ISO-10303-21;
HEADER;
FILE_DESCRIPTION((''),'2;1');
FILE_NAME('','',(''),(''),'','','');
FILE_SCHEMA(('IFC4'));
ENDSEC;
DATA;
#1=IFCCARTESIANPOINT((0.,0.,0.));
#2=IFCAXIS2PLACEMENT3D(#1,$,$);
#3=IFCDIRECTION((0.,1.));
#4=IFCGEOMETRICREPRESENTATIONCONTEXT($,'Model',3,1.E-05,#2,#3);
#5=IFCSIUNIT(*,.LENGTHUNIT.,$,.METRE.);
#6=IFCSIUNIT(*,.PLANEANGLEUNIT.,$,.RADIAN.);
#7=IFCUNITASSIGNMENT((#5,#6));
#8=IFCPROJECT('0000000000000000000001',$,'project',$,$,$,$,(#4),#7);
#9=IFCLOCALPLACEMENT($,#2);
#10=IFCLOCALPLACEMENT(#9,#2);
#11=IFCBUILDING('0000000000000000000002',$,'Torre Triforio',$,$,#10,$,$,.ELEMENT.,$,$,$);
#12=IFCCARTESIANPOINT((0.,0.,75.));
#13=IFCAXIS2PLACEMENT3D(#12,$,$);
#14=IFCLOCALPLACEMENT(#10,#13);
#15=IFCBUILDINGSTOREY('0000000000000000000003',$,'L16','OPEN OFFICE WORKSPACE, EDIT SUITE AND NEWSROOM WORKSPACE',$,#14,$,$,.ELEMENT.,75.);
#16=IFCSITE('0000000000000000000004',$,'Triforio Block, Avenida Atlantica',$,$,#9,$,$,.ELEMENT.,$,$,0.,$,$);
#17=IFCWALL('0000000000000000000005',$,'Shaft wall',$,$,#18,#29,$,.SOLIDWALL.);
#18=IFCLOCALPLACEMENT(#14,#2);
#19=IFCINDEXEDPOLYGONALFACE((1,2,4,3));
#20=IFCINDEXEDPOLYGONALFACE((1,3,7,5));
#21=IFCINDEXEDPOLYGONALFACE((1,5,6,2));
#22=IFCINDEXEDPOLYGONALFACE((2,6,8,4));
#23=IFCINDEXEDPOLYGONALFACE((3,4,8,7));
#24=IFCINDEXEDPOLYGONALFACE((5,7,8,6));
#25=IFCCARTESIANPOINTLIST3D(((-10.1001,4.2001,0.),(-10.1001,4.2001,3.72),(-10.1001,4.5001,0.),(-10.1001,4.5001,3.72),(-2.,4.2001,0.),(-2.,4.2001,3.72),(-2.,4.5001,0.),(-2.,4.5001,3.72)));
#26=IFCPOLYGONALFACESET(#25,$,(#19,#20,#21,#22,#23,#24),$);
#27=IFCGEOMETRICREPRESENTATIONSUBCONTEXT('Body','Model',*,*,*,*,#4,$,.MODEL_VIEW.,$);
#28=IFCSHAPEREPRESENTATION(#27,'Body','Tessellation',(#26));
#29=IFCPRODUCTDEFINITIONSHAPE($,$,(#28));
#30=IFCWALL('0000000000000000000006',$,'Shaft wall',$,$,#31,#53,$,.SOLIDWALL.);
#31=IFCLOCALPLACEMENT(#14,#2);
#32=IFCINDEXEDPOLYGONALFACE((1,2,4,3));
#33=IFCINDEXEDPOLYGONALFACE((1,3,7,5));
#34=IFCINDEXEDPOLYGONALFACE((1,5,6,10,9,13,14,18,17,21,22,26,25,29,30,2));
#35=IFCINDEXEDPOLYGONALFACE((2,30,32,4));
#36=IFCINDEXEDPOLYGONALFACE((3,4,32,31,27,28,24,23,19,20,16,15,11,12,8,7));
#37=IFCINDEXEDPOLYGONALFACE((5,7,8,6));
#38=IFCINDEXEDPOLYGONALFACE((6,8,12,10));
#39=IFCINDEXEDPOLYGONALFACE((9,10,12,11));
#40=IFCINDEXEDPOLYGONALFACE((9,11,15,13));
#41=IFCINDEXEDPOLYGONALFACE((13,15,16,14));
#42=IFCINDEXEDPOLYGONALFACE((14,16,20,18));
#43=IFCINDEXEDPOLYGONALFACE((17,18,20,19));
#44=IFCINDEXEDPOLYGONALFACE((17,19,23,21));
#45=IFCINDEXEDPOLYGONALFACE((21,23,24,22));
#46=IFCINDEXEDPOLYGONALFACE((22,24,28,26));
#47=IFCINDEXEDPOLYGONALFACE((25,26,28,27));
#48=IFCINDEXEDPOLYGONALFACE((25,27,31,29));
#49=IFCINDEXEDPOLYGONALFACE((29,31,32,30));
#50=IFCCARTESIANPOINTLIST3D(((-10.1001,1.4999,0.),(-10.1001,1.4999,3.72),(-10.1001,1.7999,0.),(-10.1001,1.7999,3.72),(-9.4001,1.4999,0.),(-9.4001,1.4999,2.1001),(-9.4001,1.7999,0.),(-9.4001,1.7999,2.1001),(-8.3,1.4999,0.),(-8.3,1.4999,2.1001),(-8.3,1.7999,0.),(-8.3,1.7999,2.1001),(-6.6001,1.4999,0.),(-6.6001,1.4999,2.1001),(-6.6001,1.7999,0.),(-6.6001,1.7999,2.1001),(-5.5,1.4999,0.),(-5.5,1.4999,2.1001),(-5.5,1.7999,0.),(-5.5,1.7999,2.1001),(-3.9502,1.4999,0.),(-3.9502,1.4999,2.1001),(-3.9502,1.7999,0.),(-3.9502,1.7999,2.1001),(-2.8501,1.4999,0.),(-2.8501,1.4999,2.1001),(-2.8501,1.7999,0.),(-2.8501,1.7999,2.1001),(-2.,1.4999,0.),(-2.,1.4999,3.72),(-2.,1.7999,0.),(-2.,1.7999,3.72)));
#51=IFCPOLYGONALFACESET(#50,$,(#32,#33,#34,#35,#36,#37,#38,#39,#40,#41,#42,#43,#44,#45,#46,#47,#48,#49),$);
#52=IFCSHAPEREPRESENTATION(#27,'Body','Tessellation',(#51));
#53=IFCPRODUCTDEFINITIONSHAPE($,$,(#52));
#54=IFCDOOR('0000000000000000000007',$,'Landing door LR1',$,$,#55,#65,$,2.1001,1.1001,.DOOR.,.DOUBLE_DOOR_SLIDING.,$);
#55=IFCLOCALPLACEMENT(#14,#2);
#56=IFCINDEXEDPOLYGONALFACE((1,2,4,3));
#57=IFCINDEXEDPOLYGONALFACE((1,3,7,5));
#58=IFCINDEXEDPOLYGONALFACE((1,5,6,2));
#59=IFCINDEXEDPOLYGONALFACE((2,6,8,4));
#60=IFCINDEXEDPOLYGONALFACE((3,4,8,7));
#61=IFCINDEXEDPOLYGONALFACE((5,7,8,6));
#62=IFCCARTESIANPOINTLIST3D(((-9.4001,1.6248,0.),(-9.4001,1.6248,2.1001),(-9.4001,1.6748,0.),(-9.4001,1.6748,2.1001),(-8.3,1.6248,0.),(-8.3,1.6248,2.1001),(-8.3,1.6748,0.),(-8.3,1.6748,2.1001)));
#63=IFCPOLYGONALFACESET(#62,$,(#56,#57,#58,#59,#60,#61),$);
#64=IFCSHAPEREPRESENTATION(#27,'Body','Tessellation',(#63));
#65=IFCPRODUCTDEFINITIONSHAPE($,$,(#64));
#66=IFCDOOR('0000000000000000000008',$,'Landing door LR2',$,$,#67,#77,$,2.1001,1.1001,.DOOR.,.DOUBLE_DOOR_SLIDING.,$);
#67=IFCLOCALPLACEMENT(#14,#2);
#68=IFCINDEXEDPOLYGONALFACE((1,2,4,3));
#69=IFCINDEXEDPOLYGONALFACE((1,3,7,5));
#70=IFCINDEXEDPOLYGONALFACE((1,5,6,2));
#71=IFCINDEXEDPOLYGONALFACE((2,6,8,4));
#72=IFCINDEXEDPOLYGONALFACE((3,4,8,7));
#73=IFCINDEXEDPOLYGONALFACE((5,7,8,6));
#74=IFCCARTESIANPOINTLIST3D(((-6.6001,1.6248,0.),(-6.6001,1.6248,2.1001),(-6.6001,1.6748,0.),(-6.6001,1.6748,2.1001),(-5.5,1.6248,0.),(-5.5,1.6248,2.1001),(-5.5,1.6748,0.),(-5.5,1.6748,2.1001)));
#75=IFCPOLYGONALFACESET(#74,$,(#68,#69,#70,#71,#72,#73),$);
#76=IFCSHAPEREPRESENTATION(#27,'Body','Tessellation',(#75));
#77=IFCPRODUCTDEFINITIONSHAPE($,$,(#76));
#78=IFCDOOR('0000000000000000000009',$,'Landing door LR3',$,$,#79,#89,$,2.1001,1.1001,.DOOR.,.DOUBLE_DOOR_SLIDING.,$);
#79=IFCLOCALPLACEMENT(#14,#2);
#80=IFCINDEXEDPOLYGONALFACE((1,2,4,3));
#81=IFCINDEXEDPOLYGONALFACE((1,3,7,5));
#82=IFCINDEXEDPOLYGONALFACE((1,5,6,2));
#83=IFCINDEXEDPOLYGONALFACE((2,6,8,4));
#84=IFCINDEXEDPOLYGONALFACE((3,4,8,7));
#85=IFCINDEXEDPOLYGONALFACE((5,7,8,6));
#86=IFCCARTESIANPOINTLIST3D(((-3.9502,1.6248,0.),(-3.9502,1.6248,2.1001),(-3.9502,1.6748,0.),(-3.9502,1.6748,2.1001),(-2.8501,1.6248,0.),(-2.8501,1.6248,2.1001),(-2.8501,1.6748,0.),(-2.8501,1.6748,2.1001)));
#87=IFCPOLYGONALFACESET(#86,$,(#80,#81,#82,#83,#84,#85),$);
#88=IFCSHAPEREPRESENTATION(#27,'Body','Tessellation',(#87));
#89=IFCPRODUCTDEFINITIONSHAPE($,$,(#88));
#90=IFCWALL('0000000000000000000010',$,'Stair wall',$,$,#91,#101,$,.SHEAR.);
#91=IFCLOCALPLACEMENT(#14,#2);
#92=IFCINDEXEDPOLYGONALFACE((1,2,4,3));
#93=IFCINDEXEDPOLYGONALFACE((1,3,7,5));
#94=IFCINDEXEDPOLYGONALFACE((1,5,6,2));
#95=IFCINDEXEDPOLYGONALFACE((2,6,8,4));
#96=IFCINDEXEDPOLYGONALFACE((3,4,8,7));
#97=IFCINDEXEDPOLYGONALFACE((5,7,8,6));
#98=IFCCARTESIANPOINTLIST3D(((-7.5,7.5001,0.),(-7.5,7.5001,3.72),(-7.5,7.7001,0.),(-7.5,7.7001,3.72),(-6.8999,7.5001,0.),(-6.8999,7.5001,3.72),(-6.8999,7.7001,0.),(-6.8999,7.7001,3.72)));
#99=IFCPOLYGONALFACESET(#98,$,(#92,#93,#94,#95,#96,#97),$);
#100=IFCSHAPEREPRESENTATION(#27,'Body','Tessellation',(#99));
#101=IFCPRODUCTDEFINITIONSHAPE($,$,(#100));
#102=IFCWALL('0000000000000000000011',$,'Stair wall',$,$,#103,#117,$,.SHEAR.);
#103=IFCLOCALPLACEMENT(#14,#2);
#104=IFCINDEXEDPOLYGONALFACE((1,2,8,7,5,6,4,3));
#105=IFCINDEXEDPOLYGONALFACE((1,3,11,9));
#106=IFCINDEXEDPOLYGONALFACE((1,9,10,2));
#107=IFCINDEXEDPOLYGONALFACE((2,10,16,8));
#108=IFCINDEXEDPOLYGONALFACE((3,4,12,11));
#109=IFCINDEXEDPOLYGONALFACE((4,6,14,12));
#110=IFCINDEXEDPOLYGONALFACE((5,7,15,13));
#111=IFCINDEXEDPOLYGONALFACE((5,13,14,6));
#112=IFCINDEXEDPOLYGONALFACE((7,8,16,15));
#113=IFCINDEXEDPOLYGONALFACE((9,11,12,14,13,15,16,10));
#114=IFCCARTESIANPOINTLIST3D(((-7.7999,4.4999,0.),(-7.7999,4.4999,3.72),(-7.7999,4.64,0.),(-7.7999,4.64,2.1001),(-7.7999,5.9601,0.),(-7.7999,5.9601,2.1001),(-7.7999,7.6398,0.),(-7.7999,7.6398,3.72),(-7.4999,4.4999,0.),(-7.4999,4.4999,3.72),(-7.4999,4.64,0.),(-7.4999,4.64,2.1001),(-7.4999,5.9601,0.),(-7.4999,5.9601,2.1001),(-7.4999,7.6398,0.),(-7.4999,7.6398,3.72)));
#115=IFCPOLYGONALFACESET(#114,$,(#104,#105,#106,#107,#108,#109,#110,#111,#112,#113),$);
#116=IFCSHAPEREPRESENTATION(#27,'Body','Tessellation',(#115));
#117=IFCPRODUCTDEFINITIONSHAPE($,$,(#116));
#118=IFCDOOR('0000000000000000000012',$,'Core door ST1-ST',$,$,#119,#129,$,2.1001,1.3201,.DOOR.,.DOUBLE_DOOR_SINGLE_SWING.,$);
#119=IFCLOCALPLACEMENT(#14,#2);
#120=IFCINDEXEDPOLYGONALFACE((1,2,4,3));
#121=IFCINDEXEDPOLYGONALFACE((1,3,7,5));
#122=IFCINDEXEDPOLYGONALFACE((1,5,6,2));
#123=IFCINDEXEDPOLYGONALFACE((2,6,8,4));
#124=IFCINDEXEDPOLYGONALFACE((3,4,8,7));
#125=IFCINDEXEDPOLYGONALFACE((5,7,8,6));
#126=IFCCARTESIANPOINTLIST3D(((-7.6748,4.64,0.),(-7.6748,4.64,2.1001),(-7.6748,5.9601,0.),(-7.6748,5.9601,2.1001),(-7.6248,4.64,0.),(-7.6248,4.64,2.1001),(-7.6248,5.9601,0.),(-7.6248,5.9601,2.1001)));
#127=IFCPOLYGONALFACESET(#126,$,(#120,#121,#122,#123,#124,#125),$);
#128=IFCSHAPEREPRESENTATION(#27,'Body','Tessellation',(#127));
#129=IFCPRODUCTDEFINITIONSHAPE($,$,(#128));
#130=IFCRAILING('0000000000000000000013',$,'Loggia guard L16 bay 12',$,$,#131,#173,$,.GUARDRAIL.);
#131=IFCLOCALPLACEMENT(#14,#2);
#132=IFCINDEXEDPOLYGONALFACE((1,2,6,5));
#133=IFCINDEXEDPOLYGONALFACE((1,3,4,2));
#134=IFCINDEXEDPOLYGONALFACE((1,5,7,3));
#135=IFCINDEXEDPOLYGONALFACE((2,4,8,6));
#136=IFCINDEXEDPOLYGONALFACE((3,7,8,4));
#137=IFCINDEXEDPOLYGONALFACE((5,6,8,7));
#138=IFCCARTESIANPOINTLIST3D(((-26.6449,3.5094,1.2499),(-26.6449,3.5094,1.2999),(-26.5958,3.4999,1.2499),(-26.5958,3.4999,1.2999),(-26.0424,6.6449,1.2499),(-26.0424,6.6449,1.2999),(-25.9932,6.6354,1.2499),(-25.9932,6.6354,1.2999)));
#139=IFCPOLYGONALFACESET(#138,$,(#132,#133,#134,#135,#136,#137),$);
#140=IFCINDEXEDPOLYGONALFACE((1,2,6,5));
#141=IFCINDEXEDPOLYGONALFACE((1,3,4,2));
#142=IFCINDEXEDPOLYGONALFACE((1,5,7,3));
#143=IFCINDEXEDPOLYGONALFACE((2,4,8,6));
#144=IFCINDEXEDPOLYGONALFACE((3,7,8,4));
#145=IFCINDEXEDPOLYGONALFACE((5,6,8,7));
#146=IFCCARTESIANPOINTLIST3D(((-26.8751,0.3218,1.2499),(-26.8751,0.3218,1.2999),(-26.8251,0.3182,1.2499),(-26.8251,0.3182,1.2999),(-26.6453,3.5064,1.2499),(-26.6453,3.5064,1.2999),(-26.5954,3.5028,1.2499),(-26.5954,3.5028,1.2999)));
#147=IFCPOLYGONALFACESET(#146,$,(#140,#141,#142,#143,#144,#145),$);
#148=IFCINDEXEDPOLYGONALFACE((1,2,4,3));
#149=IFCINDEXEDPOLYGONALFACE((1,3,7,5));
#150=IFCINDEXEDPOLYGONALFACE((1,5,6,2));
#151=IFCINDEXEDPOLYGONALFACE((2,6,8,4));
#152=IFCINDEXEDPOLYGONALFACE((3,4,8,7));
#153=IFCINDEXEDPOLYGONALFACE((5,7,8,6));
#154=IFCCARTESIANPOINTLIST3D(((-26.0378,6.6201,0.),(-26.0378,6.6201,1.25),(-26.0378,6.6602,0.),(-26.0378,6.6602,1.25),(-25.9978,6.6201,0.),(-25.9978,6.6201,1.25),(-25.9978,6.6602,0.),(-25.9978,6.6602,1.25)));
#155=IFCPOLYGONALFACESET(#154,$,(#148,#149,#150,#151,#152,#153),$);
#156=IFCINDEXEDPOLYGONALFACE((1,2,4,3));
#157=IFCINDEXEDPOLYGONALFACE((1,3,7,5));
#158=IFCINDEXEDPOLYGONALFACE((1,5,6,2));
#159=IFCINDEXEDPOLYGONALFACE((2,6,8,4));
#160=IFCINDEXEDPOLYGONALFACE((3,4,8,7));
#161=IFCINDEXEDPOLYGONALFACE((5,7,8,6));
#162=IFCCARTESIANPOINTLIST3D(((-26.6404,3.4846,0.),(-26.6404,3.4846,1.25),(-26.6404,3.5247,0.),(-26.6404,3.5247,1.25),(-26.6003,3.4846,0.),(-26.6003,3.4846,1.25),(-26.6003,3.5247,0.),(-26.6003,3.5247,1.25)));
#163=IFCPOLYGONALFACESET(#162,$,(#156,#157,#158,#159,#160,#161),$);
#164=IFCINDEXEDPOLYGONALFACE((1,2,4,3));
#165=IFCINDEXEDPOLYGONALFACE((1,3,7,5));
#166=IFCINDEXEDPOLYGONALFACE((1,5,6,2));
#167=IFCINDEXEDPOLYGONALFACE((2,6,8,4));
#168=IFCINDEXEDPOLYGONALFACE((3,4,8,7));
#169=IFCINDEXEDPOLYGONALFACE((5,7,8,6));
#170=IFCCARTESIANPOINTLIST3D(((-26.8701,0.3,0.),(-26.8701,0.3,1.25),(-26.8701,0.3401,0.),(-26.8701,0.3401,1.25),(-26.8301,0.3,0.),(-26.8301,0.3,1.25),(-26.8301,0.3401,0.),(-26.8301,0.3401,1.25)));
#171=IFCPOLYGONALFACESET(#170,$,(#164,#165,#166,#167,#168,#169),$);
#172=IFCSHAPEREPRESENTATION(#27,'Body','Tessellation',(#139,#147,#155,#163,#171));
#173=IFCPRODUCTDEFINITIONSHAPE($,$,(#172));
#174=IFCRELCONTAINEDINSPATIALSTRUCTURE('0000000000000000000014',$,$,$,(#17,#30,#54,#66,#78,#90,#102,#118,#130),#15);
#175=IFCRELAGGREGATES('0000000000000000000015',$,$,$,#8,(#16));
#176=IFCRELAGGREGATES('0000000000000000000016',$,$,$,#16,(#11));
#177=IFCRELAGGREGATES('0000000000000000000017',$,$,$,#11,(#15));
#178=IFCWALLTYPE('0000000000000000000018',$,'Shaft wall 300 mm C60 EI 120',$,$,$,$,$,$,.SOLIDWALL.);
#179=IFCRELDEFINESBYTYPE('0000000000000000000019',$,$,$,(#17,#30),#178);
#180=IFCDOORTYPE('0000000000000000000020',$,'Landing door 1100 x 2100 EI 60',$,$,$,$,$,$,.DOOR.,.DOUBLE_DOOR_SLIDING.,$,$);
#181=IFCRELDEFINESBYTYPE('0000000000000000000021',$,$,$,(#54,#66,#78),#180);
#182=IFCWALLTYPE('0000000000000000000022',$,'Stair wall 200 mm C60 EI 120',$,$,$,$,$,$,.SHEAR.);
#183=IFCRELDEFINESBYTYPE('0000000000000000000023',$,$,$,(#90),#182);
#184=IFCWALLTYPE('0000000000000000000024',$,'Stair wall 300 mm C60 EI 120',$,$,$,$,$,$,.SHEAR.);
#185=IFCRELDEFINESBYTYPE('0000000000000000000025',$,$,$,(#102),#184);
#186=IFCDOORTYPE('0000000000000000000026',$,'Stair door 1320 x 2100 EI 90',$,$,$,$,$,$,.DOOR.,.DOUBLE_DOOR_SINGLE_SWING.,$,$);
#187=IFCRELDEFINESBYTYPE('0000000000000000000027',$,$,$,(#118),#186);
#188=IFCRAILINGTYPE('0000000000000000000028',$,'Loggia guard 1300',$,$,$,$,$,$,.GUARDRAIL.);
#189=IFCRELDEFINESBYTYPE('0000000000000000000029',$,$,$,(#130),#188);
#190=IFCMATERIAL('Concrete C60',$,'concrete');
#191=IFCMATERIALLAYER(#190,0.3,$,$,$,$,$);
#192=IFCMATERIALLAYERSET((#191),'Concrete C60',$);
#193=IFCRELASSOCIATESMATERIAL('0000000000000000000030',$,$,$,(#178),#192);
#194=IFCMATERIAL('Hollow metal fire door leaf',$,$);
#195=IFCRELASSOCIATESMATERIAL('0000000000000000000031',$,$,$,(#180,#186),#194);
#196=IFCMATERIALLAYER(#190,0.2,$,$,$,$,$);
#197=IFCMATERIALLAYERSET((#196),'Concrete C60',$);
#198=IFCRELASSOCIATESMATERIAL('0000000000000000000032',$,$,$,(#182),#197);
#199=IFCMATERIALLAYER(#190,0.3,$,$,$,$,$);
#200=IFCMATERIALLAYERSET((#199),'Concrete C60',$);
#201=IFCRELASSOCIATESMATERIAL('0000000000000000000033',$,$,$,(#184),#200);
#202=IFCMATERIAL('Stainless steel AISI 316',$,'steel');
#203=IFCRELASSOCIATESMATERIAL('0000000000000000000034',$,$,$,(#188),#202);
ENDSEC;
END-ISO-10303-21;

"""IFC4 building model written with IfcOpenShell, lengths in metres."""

from ifc_helpers import new_model, si_unit, direction, frame, frame_2d, origin, origin_2d, place, context, subcontext, project, spatial, rectangle, extrude, material, layer, layer_set, type_object, element, fill, save


model = new_model("IFC4")

# Units and contexts
model_context = context("Model", 3, precision=1e-05, world=origin(), true_north=direction((0.0, 1.0)))
body_context = subcontext(model_context, "Body", "Model", "MODEL_VIEW")
ifc_project = project(units=[si_unit("LENGTHUNIT", "METRE"), si_unit("PLANEANGLEUNIT", "RADIAN")], contexts=[model_context])

# Site, building, storey
site_placement = place(None, origin())
site = spatial("IfcSite", under=ifc_project, at=site_placement, Name="Triforio Block, Avenida Atlantica", CompositionType="ELEMENT", RefElevation=0.0)
building_placement = place(site_placement, origin())
building = spatial("IfcBuilding", under=site, at=building_placement, Name="Torre Triforio", CompositionType="ELEMENT")
storey_placement = place(building_placement, frame((0.0, 0.0, 75.0)))
storey = spatial("IfcBuildingStorey", under=building, at=storey_placement, Name="L16", Description="OPEN OFFICE WORKSPACE, EDIT SUITE AND NEWSROOM WORKSPACE", CompositionType="ELEMENT", Elevation=75.0)

# Shared definitions
ifc_material_1 = material(Name="Concrete C60", Category="concrete")
ifc_material_2 = material(Name="Hollow metal fire door leaf")

# Wall
ifc_layer_1 = layer(ifc_material_1, 0.3)
ifc_layer_set_1 = layer_set([ifc_layer_1], Name="Concrete C60")
wall_type_1 = type_object("IfcWallType", Name="Shaft wall 300 mm C60 EI 120", PredefinedType="SOLIDWALL", material=ifc_layer_set_1)
wall_1_placement = place(storey_placement, frame((-10.1001, 4.3501, 0.0), z_axis=(0.0, 0.0, 1.0), x_axis=(1.0, 0.0, 0.0)))
element("IfcWall", 1, at=wall_1_placement, inside=storey, type_object=wall_type_1, Name="Shaft wall", PredefinedType="SOLIDWALL", context=body_context, shape_type="SweptSolid", body=[
    extrude(rectangle(XDim=8.1001, YDim=0.3, at=frame_2d((4.05, 0.0))), origin(), (0.0, 0.0, 1.0), 3.72),
])

# Wall, openings, doors
wall_2_placement = place(storey_placement, frame((-10.1001, 1.6499, 0.0), z_axis=(0.0, 0.0, 1.0), x_axis=(1.0, 0.0, 0.0)))
wall_2 = element("IfcWall", 2, at=wall_2_placement, inside=storey, type_object=wall_type_1, Name="Shaft wall", PredefinedType="SOLIDWALL", context=body_context, shape_type="SweptSolid", body=[
    extrude(rectangle(XDim=8.1001, YDim=0.3, at=frame_2d((4.05, 0.0))), origin(), (0.0, 0.0, 1.0), 3.72),
])
opening_1_placement = place(wall_2_placement, frame((0.7, 0.0, 0.0)))
opening_1 = element("IfcOpeningElement", 3, at=opening_1_placement, cuts=wall_2, PredefinedType="OPENING", context=body_context, shape_type="SweptSolid", body=[
    extrude(rectangle(XDim=1.1001, YDim=2.1001, at=frame_2d((0.55, 1.05))), frame((0.0, 0.1599, 0.0), z_axis=(0.0, -1.0, 0.0), x_axis=(1.0, 0.0, 0.0)), (0.0, 0.0, 1.0), 0.3201),
])
opening_2_placement = place(wall_2_placement, frame((3.5, 0.0, 0.0)))
opening_2 = element("IfcOpeningElement", 4, at=opening_2_placement, cuts=wall_2, PredefinedType="OPENING", context=body_context, shape_type="SweptSolid", body=[
    extrude(rectangle(XDim=1.1001, YDim=2.1001, at=frame_2d((0.55, 1.05))), frame((0.0, 0.1599, 0.0), z_axis=(0.0, -1.0, 0.0), x_axis=(1.0, 0.0, 0.0)), (0.0, 0.0, 1.0), 0.3201),
])
opening_3_placement = place(wall_2_placement, frame((6.1499, 0.0, 0.0)))
opening_3 = element("IfcOpeningElement", 5, at=opening_3_placement, cuts=wall_2, PredefinedType="OPENING", context=body_context, shape_type="SweptSolid", body=[
    extrude(rectangle(XDim=1.1001, YDim=2.1001, at=frame_2d((0.55, 1.05))), frame((0.0, 0.1599, 0.0), z_axis=(0.0, -1.0, 0.0), x_axis=(1.0, 0.0, 0.0)), (0.0, 0.0, 1.0), 0.3201),
])
door_type_1 = type_object("IfcDoorType", Name="Landing door 1100 x 2100 EI 60", OperationType="DOUBLE_DOOR_SLIDING", PredefinedType="DOOR", material=ifc_material_2)
door_1_placement = place(opening_1_placement, origin())
door_1 = element("IfcDoor", 6, at=door_1_placement, inside=storey, type_object=door_type_1, Name="Landing door LR1", OperationType="DOUBLE_DOOR_SLIDING", OverallHeight=2.1001, OverallWidth=1.1001, PredefinedType="DOOR", context=body_context, shape_type="SweptSolid", body=[
    extrude(rectangle(XDim=1.1001, YDim=2.1001, at=frame_2d((0.55, 1.05))), frame((0.0, 0.0249, 0.0), z_axis=(0.0, -1.0, 0.0), x_axis=(1.0, 0.0, 0.0)), (0.0, 0.0, 1.0), 0.05),
])
fill(opening_1, door_1)
door_2_placement = place(opening_2_placement, origin())
door_2 = element("IfcDoor", 7, at=door_2_placement, inside=storey, type_object=door_type_1, Name="Landing door LR2", OperationType="DOUBLE_DOOR_SLIDING", OverallHeight=2.1001, OverallWidth=1.1001, PredefinedType="DOOR", context=body_context, shape_type="SweptSolid", body=[
    extrude(rectangle(XDim=1.1001, YDim=2.1001, at=frame_2d((0.55, 1.05))), frame((0.0, 0.0249, 0.0), z_axis=(0.0, -1.0, 0.0), x_axis=(1.0, 0.0, 0.0)), (0.0, 0.0, 1.0), 0.05),
])
fill(opening_2, door_2)
door_3_placement = place(opening_3_placement, origin())
door_3 = element("IfcDoor", 8, at=door_3_placement, inside=storey, type_object=door_type_1, Name="Landing door LR3", OperationType="DOUBLE_DOOR_SLIDING", OverallHeight=2.1001, OverallWidth=1.1001, PredefinedType="DOOR", context=body_context, shape_type="SweptSolid", body=[
    extrude(rectangle(XDim=1.1001, YDim=2.1001, at=frame_2d((0.55, 1.05))), frame((0.0, 0.0249, 0.0), z_axis=(0.0, -1.0, 0.0), x_axis=(1.0, 0.0, 0.0)), (0.0, 0.0, 1.0), 0.05),
])
fill(opening_3, door_3)

# Wall
ifc_layer_2 = layer(ifc_material_1, 0.2)
ifc_layer_set_2 = layer_set([ifc_layer_2], Name="Concrete C60")
wall_type_2 = type_object("IfcWallType", Name="Stair wall 200 mm C60 EI 120", PredefinedType="SHEAR", material=ifc_layer_set_2)
wall_3_placement = place(storey_placement, frame((-7.5, 7.6001, 0.0), z_axis=(0.0, 0.0, 1.0), x_axis=(1.0, 0.0, 0.0)))
element("IfcWall", 9, at=wall_3_placement, inside=storey, type_object=wall_type_2, Name="Stair wall", PredefinedType="SHEAR", context=body_context, shape_type="SweptSolid", body=[
    extrude(rectangle(XDim=0.6001, YDim=0.2, at=frame_2d((0.3, 0.0))), origin(), (0.0, 0.0, 1.0), 3.72),
])

# Wall, opening, door
ifc_layer_3 = layer(ifc_material_1, 0.3)
ifc_layer_set_3 = layer_set([ifc_layer_3], Name="Concrete C60")
wall_type_3 = type_object("IfcWallType", Name="Stair wall 300 mm C60 EI 120", PredefinedType="SHEAR", material=ifc_layer_set_3)
wall_4_placement = place(storey_placement, frame((-7.6499, 4.5, 0.0), z_axis=(0.0, 0.0, 1.0), x_axis=(0.0, 1.0, 0.0)))
wall_4 = element("IfcWall", 10, at=wall_4_placement, inside=storey, type_object=wall_type_3, Name="Stair wall", PredefinedType="SHEAR", context=body_context, shape_type="SweptSolid", body=[
    extrude(rectangle(XDim=3.1399, YDim=0.3, at=frame_2d((1.5698, 0.0))), origin(), (0.0, 0.0, 1.0), 3.72),
])
opening_4_placement = place(wall_4_placement, frame((0.1399, 0.0, 0.0)))
opening_4 = element("IfcOpeningElement", 11, at=opening_4_placement, cuts=wall_4, PredefinedType="OPENING", context=body_context, shape_type="SweptSolid", body=[
    extrude(rectangle(XDim=1.3201, YDim=2.1001, at=frame_2d((0.6602, 1.05))), frame((0.0, 0.1599, 0.0), z_axis=(0.0, -1.0, 0.0), x_axis=(1.0, 0.0, 0.0)), (0.0, 0.0, 1.0), 0.3201),
])
door_type_2 = type_object("IfcDoorType", Name="Stair door 1320 x 2100 EI 90", OperationType="DOUBLE_DOOR_SINGLE_SWING", PredefinedType="DOOR", material=ifc_material_2)
door_4_placement = place(opening_4_placement, origin())
door_4 = element("IfcDoor", 12, at=door_4_placement, inside=storey, type_object=door_type_2, Name="Core door ST1-ST", OperationType="DOUBLE_DOOR_SINGLE_SWING", OverallHeight=2.1001, OverallWidth=1.3201, PredefinedType="DOOR", context=body_context, shape_type="SweptSolid", body=[
    extrude(rectangle(XDim=1.3201, YDim=2.1001, at=frame_2d((0.6602, 1.05))), frame((0.0, 0.0249, 0.0), z_axis=(0.0, -1.0, 0.0), x_axis=(1.0, 0.0, 0.0)), (0.0, 0.0, 1.0), 0.05),
])
fill(opening_4, door_4)

# Railing
ifc_material_3 = material(Name="Stainless steel AISI 316", Category="steel")
railing_type = type_object("IfcRailingType", Name="Loggia guard 1300", PredefinedType="GUARDRAIL", material=ifc_material_3)
railing_placement = place(storey_placement, frame((-26.0178, 6.6401, 0.0)))
element("IfcRailing", 13, at=railing_placement, inside=storey, type_object=railing_type, Name="Loggia guard L16 bay 12", PredefinedType="GUARDRAIL", context=body_context, shape_type="SweptSolid", body=[
    extrude(rectangle(XDim=0.05, YDim=0.05, at=origin_2d()), frame((0.0, 0.0, 1.2749), z_axis=(-0.188714, -0.982032, 0.0), x_axis=(0.982032, -0.188714, 0.0)), (0.0, 0.0, 1.0), 3.1929),
    extrude(rectangle(XDim=0.05, YDim=0.05, at=origin_2d()), frame((-0.6025, -3.1355, 1.2749), z_axis=(-0.071953, -0.997408, 0.0), x_axis=(0.997408, -0.071953, 0.0)), (0.0, 0.0, 1.0), 3.1929),
    extrude(rectangle(XDim=0.04, YDim=0.04, at=origin_2d()), origin(), (0.0, 0.0, 1.0), 1.25),
    extrude(rectangle(XDim=0.04, YDim=0.04, at=origin_2d()), frame((-0.6025, -3.1355, 0.0)), (0.0, 0.0, 1.0), 1.25),
    extrude(rectangle(XDim=0.04, YDim=0.04, at=origin_2d()), frame((-0.8323, -6.3201, 0.0)), (0.0, 0.0, 1.0), 1.25),
])

save(model, "model.ifc")
